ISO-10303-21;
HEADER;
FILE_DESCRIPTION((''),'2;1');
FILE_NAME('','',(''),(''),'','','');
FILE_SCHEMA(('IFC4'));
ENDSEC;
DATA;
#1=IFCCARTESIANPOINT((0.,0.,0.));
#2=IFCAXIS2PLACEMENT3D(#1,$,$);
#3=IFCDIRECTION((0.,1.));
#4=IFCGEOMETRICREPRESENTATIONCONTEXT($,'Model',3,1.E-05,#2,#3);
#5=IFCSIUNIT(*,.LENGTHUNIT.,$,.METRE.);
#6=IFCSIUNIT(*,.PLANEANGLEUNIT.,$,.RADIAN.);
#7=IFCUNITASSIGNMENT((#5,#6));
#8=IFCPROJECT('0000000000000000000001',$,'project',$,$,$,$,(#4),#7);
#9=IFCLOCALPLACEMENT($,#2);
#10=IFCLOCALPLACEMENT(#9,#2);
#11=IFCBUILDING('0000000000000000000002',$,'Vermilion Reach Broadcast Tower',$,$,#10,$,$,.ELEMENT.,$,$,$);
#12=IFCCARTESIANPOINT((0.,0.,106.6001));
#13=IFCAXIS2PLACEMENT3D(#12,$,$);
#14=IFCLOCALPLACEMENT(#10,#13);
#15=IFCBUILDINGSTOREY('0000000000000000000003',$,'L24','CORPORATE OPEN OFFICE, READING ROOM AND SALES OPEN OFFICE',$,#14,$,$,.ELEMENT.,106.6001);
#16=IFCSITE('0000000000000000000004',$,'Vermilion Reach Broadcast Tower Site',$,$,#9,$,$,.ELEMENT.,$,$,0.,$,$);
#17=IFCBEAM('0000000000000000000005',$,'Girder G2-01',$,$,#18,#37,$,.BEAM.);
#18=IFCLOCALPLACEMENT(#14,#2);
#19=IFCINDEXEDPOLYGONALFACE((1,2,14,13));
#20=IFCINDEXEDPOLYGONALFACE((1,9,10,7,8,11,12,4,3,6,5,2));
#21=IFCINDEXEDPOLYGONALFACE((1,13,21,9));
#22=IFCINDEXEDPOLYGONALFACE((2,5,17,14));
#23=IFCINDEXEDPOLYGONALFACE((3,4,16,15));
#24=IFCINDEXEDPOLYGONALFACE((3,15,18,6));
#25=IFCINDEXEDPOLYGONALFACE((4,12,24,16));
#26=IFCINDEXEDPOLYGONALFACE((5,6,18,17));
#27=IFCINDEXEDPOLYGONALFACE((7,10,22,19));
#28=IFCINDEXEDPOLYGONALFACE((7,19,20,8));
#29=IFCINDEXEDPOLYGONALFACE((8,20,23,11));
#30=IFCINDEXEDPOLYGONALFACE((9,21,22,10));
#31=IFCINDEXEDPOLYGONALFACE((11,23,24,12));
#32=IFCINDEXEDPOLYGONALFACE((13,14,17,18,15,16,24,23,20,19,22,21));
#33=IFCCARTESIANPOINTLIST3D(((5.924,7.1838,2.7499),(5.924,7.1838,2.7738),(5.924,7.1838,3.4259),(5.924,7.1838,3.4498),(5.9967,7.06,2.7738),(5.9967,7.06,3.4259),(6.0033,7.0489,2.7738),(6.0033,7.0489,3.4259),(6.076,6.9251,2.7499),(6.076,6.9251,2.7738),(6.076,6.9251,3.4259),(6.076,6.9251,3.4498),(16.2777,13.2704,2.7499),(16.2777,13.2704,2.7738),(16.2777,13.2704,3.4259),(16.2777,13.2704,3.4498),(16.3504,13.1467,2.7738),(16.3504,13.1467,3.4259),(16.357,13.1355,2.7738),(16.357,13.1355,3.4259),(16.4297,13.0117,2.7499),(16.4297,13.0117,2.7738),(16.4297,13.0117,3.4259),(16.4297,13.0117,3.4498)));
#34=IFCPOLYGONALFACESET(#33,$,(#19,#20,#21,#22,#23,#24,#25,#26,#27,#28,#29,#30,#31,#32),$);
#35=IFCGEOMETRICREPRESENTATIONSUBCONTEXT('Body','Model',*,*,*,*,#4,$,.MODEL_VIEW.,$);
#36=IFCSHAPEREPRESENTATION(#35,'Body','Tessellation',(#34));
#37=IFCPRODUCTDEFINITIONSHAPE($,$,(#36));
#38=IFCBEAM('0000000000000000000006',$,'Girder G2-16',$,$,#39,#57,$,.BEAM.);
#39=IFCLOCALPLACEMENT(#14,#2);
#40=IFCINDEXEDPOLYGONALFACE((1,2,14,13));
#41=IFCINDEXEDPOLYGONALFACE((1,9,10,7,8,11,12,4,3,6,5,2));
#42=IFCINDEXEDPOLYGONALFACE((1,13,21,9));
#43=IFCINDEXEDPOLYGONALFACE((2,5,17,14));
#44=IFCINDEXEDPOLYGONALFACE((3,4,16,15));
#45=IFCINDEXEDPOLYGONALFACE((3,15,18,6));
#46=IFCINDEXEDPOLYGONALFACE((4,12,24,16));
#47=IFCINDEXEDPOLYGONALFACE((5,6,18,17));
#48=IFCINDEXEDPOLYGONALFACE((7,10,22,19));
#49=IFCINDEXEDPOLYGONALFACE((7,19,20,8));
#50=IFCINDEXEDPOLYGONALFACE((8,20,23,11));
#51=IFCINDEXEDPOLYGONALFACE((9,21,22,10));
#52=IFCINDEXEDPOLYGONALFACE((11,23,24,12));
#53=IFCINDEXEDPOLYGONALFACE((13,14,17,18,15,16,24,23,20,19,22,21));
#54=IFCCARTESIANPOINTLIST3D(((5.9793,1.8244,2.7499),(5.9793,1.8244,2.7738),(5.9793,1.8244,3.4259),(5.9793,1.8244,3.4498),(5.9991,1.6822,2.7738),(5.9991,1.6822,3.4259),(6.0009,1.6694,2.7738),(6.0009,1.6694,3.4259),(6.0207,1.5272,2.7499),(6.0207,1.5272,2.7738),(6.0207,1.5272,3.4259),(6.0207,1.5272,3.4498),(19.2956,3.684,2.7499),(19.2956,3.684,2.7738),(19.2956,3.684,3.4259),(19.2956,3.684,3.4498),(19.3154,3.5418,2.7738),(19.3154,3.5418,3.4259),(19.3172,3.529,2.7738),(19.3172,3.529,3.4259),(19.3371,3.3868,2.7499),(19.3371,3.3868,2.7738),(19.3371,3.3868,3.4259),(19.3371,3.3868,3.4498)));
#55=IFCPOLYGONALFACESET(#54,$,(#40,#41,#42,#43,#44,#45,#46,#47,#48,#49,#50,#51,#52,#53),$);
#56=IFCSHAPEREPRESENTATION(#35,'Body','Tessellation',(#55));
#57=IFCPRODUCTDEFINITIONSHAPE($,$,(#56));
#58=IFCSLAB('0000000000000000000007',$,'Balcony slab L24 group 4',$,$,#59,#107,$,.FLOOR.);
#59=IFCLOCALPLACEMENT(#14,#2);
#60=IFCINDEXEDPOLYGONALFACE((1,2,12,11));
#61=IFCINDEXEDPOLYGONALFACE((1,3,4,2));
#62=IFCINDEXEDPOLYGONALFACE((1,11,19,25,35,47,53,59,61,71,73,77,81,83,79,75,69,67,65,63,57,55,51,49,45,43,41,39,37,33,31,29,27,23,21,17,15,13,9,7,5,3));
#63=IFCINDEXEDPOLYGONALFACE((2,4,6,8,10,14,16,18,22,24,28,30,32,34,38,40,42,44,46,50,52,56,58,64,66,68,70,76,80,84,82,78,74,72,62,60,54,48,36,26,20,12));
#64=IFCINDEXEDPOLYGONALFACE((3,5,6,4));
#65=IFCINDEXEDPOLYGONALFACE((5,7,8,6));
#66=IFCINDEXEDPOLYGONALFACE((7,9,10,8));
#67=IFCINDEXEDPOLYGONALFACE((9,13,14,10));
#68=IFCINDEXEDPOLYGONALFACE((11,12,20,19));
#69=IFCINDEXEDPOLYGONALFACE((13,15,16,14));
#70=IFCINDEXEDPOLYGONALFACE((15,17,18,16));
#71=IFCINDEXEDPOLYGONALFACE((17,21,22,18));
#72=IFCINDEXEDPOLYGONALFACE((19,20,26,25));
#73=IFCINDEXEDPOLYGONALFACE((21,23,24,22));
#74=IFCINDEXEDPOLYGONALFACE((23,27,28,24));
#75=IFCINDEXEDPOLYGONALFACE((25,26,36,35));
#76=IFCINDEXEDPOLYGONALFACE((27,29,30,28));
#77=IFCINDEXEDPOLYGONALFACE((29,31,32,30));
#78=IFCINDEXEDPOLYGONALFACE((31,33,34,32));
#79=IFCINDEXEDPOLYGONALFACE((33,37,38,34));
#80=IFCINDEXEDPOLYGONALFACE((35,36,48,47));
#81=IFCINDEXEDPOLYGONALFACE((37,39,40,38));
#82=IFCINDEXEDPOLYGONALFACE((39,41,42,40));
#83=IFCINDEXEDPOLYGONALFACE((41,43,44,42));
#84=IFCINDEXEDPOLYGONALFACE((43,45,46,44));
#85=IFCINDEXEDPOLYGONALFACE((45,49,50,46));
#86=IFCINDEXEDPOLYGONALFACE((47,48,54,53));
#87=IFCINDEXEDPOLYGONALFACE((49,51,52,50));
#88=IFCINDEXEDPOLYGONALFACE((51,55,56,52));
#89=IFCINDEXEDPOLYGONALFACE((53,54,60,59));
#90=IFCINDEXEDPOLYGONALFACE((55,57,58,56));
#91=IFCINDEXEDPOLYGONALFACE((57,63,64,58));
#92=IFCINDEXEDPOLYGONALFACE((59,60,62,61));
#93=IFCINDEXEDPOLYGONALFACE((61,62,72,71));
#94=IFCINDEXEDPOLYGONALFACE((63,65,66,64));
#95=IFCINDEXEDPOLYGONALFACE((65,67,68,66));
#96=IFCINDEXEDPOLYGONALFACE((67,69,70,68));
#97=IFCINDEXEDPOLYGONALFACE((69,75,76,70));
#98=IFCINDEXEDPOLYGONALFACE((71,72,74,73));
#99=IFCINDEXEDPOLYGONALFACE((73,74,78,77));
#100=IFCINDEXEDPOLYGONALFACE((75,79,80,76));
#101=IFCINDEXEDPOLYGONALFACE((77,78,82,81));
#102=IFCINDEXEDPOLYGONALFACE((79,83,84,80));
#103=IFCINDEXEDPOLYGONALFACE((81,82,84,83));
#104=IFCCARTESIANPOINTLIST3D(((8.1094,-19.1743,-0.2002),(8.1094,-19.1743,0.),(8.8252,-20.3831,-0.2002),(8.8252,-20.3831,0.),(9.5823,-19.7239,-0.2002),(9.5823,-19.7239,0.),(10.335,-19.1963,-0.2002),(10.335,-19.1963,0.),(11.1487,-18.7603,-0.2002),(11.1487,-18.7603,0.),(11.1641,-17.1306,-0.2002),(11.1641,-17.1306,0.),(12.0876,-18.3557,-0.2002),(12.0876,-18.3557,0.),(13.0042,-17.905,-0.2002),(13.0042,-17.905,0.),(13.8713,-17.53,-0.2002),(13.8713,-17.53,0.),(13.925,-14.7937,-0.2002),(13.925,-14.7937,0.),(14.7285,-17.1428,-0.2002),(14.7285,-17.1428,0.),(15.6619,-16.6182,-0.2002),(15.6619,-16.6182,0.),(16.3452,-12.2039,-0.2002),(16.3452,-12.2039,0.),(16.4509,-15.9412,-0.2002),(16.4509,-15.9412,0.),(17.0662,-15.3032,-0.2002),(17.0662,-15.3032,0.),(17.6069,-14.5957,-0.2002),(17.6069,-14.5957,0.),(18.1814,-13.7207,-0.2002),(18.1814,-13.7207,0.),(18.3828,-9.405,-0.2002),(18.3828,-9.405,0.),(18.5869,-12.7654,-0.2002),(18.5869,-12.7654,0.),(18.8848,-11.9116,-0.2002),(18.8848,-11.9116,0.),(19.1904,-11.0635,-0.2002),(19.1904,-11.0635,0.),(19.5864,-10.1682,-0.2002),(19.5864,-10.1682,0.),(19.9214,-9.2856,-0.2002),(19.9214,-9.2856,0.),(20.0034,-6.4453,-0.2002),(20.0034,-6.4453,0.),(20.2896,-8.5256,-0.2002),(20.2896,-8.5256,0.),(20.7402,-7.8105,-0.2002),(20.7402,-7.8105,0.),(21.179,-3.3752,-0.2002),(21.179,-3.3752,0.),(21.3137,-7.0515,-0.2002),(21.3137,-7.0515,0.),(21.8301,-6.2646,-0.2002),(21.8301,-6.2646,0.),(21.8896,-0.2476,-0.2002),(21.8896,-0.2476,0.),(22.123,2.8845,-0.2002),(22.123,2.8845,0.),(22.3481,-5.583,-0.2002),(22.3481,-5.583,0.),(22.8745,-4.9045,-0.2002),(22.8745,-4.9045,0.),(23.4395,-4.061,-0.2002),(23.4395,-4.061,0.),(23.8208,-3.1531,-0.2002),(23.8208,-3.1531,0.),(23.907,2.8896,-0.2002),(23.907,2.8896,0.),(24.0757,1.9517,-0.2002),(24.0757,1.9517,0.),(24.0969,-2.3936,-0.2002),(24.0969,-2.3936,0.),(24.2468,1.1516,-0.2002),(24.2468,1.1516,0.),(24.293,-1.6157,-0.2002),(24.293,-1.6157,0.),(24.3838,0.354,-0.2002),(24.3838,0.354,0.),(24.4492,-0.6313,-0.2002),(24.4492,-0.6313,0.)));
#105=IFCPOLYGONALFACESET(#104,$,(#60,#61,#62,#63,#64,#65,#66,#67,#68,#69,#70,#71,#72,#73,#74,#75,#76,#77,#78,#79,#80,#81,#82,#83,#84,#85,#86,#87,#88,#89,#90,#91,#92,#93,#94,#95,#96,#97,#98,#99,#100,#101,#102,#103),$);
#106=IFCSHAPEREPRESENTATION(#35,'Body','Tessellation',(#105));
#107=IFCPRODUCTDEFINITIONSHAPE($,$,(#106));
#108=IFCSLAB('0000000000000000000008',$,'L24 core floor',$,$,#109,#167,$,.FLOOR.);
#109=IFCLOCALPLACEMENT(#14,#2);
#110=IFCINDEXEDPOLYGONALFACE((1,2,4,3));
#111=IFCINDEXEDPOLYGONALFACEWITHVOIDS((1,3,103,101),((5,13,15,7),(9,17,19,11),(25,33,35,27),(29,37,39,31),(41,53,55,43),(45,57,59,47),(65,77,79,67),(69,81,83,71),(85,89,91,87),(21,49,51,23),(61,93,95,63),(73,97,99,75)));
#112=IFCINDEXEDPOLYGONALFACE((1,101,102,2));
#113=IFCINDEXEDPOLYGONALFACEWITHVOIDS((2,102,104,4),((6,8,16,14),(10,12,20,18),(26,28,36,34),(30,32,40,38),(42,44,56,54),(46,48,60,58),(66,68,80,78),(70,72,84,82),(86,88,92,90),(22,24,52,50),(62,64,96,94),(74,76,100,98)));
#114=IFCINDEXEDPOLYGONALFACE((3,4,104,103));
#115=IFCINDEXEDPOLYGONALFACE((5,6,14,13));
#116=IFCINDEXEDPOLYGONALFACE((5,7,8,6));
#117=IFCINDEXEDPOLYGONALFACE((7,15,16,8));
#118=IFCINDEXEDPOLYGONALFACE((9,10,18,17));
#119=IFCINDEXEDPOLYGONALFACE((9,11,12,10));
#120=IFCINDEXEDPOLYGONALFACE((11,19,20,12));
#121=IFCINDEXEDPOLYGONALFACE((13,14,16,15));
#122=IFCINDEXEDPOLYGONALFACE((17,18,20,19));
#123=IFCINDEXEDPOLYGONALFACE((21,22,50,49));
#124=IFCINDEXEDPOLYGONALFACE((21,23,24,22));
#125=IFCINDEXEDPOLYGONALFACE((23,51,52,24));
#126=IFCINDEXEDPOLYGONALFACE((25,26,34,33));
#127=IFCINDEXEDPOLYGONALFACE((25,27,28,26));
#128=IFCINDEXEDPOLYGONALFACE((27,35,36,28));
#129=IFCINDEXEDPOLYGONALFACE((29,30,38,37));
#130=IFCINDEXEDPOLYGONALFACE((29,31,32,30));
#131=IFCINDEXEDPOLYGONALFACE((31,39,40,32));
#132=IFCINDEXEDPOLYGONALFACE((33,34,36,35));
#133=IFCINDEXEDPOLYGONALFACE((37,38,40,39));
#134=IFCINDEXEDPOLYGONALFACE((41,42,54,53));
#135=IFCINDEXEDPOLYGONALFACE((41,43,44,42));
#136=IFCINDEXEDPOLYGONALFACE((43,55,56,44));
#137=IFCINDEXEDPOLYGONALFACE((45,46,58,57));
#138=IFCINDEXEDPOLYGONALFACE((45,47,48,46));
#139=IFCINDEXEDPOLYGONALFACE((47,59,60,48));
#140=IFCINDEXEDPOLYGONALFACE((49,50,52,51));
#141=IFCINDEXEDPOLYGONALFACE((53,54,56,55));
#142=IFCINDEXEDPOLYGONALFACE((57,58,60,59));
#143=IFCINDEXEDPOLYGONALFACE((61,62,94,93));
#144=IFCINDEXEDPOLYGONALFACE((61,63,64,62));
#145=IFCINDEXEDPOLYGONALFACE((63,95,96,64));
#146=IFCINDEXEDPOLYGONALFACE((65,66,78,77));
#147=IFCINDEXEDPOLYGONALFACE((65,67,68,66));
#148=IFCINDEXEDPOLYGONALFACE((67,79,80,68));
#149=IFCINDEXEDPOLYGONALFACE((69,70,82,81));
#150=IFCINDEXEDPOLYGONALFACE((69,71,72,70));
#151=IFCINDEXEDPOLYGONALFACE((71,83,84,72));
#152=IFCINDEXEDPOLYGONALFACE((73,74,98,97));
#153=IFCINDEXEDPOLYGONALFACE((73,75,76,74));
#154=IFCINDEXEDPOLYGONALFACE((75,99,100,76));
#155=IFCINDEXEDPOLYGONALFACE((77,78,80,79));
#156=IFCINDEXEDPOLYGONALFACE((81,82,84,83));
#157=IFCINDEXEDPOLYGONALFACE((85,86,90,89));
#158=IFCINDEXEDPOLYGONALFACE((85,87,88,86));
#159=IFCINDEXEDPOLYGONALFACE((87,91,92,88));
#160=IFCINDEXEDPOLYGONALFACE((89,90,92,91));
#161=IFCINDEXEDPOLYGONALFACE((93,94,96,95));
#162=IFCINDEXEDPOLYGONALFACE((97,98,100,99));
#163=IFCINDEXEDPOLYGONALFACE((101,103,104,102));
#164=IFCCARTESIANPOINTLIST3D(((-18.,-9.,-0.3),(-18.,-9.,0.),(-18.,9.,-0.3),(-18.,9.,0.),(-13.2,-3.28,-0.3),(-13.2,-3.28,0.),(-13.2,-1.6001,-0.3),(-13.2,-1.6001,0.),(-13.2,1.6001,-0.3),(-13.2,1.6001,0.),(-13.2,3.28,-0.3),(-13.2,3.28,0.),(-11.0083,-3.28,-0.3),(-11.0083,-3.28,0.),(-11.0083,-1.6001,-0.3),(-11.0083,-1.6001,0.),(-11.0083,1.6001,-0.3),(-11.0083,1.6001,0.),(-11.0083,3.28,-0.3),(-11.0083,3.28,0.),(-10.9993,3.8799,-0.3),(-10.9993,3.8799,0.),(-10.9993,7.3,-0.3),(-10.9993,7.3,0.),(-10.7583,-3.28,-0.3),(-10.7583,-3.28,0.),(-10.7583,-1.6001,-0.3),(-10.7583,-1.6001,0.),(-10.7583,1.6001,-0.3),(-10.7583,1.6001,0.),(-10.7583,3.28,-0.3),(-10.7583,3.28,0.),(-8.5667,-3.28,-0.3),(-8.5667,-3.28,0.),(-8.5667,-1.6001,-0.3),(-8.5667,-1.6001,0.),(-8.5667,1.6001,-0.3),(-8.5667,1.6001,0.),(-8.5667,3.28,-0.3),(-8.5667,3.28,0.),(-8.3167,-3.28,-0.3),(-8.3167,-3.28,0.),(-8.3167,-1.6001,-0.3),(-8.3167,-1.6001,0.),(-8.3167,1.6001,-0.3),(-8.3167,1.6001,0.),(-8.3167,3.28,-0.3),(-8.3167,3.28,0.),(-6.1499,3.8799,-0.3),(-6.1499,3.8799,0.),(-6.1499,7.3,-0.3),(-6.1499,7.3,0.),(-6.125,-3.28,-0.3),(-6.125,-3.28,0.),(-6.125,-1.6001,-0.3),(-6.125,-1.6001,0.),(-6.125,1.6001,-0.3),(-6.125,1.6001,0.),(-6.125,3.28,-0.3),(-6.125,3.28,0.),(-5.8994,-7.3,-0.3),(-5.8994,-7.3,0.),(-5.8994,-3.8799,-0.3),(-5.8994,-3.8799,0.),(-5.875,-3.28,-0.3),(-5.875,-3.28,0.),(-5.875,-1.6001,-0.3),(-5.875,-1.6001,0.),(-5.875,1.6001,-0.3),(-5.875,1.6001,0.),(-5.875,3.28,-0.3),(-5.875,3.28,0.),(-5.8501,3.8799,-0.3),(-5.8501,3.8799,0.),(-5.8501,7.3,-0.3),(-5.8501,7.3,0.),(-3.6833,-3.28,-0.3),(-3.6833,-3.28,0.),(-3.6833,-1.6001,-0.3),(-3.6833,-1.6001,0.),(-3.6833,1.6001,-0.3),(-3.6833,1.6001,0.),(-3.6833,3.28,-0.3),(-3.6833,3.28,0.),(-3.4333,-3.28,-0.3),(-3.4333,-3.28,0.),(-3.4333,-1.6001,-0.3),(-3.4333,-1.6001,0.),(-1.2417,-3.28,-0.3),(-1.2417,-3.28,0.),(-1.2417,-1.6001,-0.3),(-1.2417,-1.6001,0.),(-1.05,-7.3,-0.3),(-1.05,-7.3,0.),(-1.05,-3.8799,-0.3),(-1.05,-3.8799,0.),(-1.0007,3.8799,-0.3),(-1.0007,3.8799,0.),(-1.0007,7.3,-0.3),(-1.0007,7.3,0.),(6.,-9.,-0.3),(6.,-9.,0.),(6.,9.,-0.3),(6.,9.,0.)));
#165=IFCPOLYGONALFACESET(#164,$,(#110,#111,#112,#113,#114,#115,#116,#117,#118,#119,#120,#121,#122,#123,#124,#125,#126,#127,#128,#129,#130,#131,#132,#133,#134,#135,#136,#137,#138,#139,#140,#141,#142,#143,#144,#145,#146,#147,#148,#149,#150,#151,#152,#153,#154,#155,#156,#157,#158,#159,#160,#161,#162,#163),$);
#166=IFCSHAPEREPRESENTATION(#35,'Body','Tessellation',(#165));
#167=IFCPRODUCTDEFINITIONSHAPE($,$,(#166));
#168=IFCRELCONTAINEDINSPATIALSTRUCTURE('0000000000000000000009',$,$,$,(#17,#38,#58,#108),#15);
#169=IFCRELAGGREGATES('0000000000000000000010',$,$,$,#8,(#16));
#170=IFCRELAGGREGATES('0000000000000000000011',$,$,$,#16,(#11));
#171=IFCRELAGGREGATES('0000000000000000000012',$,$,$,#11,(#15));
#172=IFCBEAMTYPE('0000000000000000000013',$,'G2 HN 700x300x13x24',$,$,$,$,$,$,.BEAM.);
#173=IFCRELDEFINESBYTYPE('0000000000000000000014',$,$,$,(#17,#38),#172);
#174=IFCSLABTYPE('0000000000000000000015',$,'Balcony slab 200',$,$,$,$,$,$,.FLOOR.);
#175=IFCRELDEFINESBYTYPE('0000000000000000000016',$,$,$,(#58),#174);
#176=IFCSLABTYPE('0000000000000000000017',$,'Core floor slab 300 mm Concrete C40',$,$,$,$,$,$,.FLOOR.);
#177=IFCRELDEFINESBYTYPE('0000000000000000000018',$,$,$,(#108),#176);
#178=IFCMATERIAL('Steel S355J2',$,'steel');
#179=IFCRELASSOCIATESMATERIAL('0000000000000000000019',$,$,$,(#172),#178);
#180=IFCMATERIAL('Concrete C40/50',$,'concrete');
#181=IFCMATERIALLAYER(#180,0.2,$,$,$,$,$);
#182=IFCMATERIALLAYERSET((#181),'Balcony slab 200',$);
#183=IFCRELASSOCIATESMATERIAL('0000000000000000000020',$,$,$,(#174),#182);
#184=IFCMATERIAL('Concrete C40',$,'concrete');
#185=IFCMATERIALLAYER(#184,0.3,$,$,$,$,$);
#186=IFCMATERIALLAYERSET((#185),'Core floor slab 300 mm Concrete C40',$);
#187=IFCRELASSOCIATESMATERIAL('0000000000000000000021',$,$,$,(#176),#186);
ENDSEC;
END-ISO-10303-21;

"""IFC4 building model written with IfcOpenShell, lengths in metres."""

from ifc_helpers import new_model, si_unit, direction, frame, origin, origin_2d, place, context, subcontext, project, spatial, polyline, i_section, outline, extrude, material, layer, layer_set, material_profile, profile_set, type_object, element, save


model = new_model("IFC4")

# Units and contexts
model_context = context("Model", 3, precision=1e-05, world=origin(), true_north=direction((0.0, 1.0)))
body_context = subcontext(model_context, "Body", "Model", "MODEL_VIEW")
ifc_project = project(units=[si_unit("LENGTHUNIT", "METRE"), si_unit("PLANEANGLEUNIT", "RADIAN")], contexts=[model_context])

# Site, building, storey
site_placement = place(None, origin())
site = spatial("IfcSite", under=ifc_project, at=site_placement, Name="Vermilion Reach Broadcast Tower Site", CompositionType="ELEMENT", RefElevation=0.0)
building_placement = place(site_placement, origin())
building = spatial("IfcBuilding", under=site, at=building_placement, Name="Vermilion Reach Broadcast Tower", CompositionType="ELEMENT")
storey_placement = place(building_placement, frame((0.0, 0.0, 106.6001)))
storey = spatial("IfcBuildingStorey", under=building, at=storey_placement, Name="L24", Description="CORPORATE OPEN OFFICE, READING ROOM AND SALES OPEN OFFICE", CompositionType="ELEMENT", Elevation=106.6001)

# Beams
ifc_material_1 = material(Name="Steel S355J2", Category="steel")
ifc_material_profile = material_profile(ifc_material_1, i_section(OverallWidth=0.3, OverallDepth=0.7, WebThickness=0.0129, FlangeThickness=0.0239, at=origin_2d()), Name="S355J2 HN 700x300x13x24")
ifc_profile_set = profile_set([ifc_material_profile], Name="Steel S355J2")
beam_type = type_object("IfcBeamType", Name="G2 HN 700x300x13x24", PredefinedType="BEAM", material=ifc_profile_set)
beam_1_placement = place(storey_placement, frame((6.0, 7.0544, 3.0999), z_axis=(0.862072, 0.506786, 0.0), x_axis=(-0.506786, 0.862072, 0.0)))
element("IfcBeam", 1, at=beam_1_placement, inside=storey, type_object=beam_type, Name="Girder G2-01", PredefinedType="BEAM", context=body_context, shape_type="SweptSolid", body=[
    extrude(i_section(OverallWidth=0.3, OverallDepth=0.7, WebThickness=0.0129, FlangeThickness=0.0239, at=origin_2d()), origin(), (0.0, 0.0, 1.0), 12.0103),
])
beam_2_placement = place(storey_placement, frame((6.0, 1.6758, 3.0999), z_axis=(0.990389, 0.138307, 0.0), x_axis=(-0.138307, 0.990389, 0.0)))
element("IfcBeam", 2, at=beam_2_placement, inside=storey, type_object=beam_type, Name="Girder G2-16", PredefinedType="BEAM", context=body_context, shape_type="SweptSolid", body=[
    extrude(i_section(OverallWidth=0.3, OverallDepth=0.7, WebThickness=0.0129, FlangeThickness=0.0239, at=origin_2d()), origin(), (0.0, 0.0, 1.0), 13.4456),
])

# Slabs
ifc_material_2 = material(Name="Concrete C40/50", Category="concrete")
ifc_layer_1 = layer(ifc_material_2, 0.2)
ifc_layer_set_1 = layer_set([ifc_layer_1], Name="Balcony slab 200")
slab_type_1 = type_object("IfcSlabType", Name="Balcony slab 200", PredefinedType="FLOOR", material=ifc_layer_set_1)
slab_1_placement = place(storey_placement, frame((0.0, 0.0, -0.2002)))
element("IfcSlab", 3, at=slab_1_placement, inside=storey, type_object=slab_type_1, Name="Balcony slab L24 group 4", PredefinedType="FLOOR", context=body_context, shape_type="SweptSolid", body=[
    extrude(outline(polyline([(8.1094, -19.1743), (11.1641, -17.1306), (13.925, -14.7937), (16.3452, -12.2039), (18.3828, -9.405), (20.0034, -6.4453), (21.179, -3.3752), (21.8896, -0.2476), (22.123, 2.8845), (23.907, 2.8896), (24.0757, 1.9517), (24.2468, 1.1516), (24.3838, 0.354), (24.4492, -0.6313), (24.293, -1.6157), (24.0969, -2.3936), (23.8208, -3.1531), (23.4395, -4.061), (22.8745, -4.9045), (22.3481, -5.583), (21.8301, -6.2646), (21.3137, -7.0515), (20.7402, -7.8105), (20.2896, -8.5256), (19.9214, -9.2856), (19.5864, -10.1682), (19.1904, -11.0635), (18.8848, -11.9116), (18.5869, -12.7654), (18.1814, -13.7207), (17.6069, -14.5957), (17.0662, -15.3032), (16.4509, -15.9412), (15.6619, -16.6182), (14.7285, -17.1428), (13.8713, -17.53), (13.0042, -17.905), (12.0876, -18.3557), (11.1487, -18.7603), (10.335, -19.1963), (9.5823, -19.7239), (8.8252, -20.3831), (8.1094, -19.1743)])), origin(), (0.0, 0.0, 1.0), 0.2002),
])
ifc_material_3 = material(Name="Concrete C40", Category="concrete")
ifc_layer_2 = layer(ifc_material_3, 0.3)
ifc_layer_set_2 = layer_set([ifc_layer_2], Name="Core floor slab 300 mm Concrete C40")
slab_type_2 = type_object("IfcSlabType", Name="Core floor slab 300 mm Concrete C40", PredefinedType="FLOOR", material=ifc_layer_set_2)
slab_2_placement = place(storey_placement, frame((0.0, 0.0, -0.3)))
element("IfcSlab", 4, at=slab_2_placement, inside=storey, type_object=slab_type_2, Name="L24 core floor", PredefinedType="FLOOR", context=body_context, shape_type="SweptSolid", body=[
    extrude(outline(polyline([(-18.0, -9.0), (6.0, -9.0), (6.0, 9.0), (-18.0, 9.0), (-18.0, -9.0)]), holes=[polyline([(-13.2, 1.6001), (-11.0083, 1.6001), (-11.0083, 3.28), (-13.2, 3.28), (-13.2, 1.6001)]), polyline([(-10.7583, 1.6001), (-8.5667, 1.6001), (-8.5667, 3.28), (-10.7583, 3.28), (-10.7583, 1.6001)]), polyline([(-8.3167, 1.6001), (-6.125, 1.6001), (-6.125, 3.28), (-8.3167, 3.28), (-8.3167, 1.6001)]), polyline([(-5.875, 1.6001), (-3.6833, 1.6001), (-3.6833, 3.28), (-5.875, 3.28), (-5.875, 1.6001)]), polyline([(-13.2, -3.28), (-11.0083, -3.28), (-11.0083, -1.6001), (-13.2, -1.6001), (-13.2, -3.28)]), polyline([(-10.7583, -3.28), (-8.5667, -3.28), (-8.5667, -1.6001), (-10.7583, -1.6001), (-10.7583, -3.28)]), polyline([(-8.3167, -3.28), (-6.125, -3.28), (-6.125, -1.6001), (-8.3167, -1.6001), (-8.3167, -3.28)]), polyline([(-5.875, -3.28), (-3.6833, -3.28), (-3.6833, -1.6001), (-5.875, -1.6001), (-5.875, -3.28)]), polyline([(-3.4333, -3.28), (-1.2417, -3.28), (-1.2417, -1.6001), (-3.4333, -1.6001), (-3.4333, -3.28)]), polyline([(-10.9993, 3.8799), (-6.1499, 3.8799), (-6.1499, 7.3), (-10.9993, 7.3), (-10.9993, 3.8799)]), polyline([(-1.0007, 7.3), (-5.8501, 7.3), (-5.8501, 3.8799), (-1.0007, 3.8799), (-1.0007, 7.3)]), polyline([(-5.8994, -7.3), (-1.05, -7.3), (-1.05, -3.8799), (-5.8994, -3.8799), (-5.8994, -7.3)])]), origin(), (0.0, 0.0, 1.0), 0.3),
])

save(model, "model.ifc")
